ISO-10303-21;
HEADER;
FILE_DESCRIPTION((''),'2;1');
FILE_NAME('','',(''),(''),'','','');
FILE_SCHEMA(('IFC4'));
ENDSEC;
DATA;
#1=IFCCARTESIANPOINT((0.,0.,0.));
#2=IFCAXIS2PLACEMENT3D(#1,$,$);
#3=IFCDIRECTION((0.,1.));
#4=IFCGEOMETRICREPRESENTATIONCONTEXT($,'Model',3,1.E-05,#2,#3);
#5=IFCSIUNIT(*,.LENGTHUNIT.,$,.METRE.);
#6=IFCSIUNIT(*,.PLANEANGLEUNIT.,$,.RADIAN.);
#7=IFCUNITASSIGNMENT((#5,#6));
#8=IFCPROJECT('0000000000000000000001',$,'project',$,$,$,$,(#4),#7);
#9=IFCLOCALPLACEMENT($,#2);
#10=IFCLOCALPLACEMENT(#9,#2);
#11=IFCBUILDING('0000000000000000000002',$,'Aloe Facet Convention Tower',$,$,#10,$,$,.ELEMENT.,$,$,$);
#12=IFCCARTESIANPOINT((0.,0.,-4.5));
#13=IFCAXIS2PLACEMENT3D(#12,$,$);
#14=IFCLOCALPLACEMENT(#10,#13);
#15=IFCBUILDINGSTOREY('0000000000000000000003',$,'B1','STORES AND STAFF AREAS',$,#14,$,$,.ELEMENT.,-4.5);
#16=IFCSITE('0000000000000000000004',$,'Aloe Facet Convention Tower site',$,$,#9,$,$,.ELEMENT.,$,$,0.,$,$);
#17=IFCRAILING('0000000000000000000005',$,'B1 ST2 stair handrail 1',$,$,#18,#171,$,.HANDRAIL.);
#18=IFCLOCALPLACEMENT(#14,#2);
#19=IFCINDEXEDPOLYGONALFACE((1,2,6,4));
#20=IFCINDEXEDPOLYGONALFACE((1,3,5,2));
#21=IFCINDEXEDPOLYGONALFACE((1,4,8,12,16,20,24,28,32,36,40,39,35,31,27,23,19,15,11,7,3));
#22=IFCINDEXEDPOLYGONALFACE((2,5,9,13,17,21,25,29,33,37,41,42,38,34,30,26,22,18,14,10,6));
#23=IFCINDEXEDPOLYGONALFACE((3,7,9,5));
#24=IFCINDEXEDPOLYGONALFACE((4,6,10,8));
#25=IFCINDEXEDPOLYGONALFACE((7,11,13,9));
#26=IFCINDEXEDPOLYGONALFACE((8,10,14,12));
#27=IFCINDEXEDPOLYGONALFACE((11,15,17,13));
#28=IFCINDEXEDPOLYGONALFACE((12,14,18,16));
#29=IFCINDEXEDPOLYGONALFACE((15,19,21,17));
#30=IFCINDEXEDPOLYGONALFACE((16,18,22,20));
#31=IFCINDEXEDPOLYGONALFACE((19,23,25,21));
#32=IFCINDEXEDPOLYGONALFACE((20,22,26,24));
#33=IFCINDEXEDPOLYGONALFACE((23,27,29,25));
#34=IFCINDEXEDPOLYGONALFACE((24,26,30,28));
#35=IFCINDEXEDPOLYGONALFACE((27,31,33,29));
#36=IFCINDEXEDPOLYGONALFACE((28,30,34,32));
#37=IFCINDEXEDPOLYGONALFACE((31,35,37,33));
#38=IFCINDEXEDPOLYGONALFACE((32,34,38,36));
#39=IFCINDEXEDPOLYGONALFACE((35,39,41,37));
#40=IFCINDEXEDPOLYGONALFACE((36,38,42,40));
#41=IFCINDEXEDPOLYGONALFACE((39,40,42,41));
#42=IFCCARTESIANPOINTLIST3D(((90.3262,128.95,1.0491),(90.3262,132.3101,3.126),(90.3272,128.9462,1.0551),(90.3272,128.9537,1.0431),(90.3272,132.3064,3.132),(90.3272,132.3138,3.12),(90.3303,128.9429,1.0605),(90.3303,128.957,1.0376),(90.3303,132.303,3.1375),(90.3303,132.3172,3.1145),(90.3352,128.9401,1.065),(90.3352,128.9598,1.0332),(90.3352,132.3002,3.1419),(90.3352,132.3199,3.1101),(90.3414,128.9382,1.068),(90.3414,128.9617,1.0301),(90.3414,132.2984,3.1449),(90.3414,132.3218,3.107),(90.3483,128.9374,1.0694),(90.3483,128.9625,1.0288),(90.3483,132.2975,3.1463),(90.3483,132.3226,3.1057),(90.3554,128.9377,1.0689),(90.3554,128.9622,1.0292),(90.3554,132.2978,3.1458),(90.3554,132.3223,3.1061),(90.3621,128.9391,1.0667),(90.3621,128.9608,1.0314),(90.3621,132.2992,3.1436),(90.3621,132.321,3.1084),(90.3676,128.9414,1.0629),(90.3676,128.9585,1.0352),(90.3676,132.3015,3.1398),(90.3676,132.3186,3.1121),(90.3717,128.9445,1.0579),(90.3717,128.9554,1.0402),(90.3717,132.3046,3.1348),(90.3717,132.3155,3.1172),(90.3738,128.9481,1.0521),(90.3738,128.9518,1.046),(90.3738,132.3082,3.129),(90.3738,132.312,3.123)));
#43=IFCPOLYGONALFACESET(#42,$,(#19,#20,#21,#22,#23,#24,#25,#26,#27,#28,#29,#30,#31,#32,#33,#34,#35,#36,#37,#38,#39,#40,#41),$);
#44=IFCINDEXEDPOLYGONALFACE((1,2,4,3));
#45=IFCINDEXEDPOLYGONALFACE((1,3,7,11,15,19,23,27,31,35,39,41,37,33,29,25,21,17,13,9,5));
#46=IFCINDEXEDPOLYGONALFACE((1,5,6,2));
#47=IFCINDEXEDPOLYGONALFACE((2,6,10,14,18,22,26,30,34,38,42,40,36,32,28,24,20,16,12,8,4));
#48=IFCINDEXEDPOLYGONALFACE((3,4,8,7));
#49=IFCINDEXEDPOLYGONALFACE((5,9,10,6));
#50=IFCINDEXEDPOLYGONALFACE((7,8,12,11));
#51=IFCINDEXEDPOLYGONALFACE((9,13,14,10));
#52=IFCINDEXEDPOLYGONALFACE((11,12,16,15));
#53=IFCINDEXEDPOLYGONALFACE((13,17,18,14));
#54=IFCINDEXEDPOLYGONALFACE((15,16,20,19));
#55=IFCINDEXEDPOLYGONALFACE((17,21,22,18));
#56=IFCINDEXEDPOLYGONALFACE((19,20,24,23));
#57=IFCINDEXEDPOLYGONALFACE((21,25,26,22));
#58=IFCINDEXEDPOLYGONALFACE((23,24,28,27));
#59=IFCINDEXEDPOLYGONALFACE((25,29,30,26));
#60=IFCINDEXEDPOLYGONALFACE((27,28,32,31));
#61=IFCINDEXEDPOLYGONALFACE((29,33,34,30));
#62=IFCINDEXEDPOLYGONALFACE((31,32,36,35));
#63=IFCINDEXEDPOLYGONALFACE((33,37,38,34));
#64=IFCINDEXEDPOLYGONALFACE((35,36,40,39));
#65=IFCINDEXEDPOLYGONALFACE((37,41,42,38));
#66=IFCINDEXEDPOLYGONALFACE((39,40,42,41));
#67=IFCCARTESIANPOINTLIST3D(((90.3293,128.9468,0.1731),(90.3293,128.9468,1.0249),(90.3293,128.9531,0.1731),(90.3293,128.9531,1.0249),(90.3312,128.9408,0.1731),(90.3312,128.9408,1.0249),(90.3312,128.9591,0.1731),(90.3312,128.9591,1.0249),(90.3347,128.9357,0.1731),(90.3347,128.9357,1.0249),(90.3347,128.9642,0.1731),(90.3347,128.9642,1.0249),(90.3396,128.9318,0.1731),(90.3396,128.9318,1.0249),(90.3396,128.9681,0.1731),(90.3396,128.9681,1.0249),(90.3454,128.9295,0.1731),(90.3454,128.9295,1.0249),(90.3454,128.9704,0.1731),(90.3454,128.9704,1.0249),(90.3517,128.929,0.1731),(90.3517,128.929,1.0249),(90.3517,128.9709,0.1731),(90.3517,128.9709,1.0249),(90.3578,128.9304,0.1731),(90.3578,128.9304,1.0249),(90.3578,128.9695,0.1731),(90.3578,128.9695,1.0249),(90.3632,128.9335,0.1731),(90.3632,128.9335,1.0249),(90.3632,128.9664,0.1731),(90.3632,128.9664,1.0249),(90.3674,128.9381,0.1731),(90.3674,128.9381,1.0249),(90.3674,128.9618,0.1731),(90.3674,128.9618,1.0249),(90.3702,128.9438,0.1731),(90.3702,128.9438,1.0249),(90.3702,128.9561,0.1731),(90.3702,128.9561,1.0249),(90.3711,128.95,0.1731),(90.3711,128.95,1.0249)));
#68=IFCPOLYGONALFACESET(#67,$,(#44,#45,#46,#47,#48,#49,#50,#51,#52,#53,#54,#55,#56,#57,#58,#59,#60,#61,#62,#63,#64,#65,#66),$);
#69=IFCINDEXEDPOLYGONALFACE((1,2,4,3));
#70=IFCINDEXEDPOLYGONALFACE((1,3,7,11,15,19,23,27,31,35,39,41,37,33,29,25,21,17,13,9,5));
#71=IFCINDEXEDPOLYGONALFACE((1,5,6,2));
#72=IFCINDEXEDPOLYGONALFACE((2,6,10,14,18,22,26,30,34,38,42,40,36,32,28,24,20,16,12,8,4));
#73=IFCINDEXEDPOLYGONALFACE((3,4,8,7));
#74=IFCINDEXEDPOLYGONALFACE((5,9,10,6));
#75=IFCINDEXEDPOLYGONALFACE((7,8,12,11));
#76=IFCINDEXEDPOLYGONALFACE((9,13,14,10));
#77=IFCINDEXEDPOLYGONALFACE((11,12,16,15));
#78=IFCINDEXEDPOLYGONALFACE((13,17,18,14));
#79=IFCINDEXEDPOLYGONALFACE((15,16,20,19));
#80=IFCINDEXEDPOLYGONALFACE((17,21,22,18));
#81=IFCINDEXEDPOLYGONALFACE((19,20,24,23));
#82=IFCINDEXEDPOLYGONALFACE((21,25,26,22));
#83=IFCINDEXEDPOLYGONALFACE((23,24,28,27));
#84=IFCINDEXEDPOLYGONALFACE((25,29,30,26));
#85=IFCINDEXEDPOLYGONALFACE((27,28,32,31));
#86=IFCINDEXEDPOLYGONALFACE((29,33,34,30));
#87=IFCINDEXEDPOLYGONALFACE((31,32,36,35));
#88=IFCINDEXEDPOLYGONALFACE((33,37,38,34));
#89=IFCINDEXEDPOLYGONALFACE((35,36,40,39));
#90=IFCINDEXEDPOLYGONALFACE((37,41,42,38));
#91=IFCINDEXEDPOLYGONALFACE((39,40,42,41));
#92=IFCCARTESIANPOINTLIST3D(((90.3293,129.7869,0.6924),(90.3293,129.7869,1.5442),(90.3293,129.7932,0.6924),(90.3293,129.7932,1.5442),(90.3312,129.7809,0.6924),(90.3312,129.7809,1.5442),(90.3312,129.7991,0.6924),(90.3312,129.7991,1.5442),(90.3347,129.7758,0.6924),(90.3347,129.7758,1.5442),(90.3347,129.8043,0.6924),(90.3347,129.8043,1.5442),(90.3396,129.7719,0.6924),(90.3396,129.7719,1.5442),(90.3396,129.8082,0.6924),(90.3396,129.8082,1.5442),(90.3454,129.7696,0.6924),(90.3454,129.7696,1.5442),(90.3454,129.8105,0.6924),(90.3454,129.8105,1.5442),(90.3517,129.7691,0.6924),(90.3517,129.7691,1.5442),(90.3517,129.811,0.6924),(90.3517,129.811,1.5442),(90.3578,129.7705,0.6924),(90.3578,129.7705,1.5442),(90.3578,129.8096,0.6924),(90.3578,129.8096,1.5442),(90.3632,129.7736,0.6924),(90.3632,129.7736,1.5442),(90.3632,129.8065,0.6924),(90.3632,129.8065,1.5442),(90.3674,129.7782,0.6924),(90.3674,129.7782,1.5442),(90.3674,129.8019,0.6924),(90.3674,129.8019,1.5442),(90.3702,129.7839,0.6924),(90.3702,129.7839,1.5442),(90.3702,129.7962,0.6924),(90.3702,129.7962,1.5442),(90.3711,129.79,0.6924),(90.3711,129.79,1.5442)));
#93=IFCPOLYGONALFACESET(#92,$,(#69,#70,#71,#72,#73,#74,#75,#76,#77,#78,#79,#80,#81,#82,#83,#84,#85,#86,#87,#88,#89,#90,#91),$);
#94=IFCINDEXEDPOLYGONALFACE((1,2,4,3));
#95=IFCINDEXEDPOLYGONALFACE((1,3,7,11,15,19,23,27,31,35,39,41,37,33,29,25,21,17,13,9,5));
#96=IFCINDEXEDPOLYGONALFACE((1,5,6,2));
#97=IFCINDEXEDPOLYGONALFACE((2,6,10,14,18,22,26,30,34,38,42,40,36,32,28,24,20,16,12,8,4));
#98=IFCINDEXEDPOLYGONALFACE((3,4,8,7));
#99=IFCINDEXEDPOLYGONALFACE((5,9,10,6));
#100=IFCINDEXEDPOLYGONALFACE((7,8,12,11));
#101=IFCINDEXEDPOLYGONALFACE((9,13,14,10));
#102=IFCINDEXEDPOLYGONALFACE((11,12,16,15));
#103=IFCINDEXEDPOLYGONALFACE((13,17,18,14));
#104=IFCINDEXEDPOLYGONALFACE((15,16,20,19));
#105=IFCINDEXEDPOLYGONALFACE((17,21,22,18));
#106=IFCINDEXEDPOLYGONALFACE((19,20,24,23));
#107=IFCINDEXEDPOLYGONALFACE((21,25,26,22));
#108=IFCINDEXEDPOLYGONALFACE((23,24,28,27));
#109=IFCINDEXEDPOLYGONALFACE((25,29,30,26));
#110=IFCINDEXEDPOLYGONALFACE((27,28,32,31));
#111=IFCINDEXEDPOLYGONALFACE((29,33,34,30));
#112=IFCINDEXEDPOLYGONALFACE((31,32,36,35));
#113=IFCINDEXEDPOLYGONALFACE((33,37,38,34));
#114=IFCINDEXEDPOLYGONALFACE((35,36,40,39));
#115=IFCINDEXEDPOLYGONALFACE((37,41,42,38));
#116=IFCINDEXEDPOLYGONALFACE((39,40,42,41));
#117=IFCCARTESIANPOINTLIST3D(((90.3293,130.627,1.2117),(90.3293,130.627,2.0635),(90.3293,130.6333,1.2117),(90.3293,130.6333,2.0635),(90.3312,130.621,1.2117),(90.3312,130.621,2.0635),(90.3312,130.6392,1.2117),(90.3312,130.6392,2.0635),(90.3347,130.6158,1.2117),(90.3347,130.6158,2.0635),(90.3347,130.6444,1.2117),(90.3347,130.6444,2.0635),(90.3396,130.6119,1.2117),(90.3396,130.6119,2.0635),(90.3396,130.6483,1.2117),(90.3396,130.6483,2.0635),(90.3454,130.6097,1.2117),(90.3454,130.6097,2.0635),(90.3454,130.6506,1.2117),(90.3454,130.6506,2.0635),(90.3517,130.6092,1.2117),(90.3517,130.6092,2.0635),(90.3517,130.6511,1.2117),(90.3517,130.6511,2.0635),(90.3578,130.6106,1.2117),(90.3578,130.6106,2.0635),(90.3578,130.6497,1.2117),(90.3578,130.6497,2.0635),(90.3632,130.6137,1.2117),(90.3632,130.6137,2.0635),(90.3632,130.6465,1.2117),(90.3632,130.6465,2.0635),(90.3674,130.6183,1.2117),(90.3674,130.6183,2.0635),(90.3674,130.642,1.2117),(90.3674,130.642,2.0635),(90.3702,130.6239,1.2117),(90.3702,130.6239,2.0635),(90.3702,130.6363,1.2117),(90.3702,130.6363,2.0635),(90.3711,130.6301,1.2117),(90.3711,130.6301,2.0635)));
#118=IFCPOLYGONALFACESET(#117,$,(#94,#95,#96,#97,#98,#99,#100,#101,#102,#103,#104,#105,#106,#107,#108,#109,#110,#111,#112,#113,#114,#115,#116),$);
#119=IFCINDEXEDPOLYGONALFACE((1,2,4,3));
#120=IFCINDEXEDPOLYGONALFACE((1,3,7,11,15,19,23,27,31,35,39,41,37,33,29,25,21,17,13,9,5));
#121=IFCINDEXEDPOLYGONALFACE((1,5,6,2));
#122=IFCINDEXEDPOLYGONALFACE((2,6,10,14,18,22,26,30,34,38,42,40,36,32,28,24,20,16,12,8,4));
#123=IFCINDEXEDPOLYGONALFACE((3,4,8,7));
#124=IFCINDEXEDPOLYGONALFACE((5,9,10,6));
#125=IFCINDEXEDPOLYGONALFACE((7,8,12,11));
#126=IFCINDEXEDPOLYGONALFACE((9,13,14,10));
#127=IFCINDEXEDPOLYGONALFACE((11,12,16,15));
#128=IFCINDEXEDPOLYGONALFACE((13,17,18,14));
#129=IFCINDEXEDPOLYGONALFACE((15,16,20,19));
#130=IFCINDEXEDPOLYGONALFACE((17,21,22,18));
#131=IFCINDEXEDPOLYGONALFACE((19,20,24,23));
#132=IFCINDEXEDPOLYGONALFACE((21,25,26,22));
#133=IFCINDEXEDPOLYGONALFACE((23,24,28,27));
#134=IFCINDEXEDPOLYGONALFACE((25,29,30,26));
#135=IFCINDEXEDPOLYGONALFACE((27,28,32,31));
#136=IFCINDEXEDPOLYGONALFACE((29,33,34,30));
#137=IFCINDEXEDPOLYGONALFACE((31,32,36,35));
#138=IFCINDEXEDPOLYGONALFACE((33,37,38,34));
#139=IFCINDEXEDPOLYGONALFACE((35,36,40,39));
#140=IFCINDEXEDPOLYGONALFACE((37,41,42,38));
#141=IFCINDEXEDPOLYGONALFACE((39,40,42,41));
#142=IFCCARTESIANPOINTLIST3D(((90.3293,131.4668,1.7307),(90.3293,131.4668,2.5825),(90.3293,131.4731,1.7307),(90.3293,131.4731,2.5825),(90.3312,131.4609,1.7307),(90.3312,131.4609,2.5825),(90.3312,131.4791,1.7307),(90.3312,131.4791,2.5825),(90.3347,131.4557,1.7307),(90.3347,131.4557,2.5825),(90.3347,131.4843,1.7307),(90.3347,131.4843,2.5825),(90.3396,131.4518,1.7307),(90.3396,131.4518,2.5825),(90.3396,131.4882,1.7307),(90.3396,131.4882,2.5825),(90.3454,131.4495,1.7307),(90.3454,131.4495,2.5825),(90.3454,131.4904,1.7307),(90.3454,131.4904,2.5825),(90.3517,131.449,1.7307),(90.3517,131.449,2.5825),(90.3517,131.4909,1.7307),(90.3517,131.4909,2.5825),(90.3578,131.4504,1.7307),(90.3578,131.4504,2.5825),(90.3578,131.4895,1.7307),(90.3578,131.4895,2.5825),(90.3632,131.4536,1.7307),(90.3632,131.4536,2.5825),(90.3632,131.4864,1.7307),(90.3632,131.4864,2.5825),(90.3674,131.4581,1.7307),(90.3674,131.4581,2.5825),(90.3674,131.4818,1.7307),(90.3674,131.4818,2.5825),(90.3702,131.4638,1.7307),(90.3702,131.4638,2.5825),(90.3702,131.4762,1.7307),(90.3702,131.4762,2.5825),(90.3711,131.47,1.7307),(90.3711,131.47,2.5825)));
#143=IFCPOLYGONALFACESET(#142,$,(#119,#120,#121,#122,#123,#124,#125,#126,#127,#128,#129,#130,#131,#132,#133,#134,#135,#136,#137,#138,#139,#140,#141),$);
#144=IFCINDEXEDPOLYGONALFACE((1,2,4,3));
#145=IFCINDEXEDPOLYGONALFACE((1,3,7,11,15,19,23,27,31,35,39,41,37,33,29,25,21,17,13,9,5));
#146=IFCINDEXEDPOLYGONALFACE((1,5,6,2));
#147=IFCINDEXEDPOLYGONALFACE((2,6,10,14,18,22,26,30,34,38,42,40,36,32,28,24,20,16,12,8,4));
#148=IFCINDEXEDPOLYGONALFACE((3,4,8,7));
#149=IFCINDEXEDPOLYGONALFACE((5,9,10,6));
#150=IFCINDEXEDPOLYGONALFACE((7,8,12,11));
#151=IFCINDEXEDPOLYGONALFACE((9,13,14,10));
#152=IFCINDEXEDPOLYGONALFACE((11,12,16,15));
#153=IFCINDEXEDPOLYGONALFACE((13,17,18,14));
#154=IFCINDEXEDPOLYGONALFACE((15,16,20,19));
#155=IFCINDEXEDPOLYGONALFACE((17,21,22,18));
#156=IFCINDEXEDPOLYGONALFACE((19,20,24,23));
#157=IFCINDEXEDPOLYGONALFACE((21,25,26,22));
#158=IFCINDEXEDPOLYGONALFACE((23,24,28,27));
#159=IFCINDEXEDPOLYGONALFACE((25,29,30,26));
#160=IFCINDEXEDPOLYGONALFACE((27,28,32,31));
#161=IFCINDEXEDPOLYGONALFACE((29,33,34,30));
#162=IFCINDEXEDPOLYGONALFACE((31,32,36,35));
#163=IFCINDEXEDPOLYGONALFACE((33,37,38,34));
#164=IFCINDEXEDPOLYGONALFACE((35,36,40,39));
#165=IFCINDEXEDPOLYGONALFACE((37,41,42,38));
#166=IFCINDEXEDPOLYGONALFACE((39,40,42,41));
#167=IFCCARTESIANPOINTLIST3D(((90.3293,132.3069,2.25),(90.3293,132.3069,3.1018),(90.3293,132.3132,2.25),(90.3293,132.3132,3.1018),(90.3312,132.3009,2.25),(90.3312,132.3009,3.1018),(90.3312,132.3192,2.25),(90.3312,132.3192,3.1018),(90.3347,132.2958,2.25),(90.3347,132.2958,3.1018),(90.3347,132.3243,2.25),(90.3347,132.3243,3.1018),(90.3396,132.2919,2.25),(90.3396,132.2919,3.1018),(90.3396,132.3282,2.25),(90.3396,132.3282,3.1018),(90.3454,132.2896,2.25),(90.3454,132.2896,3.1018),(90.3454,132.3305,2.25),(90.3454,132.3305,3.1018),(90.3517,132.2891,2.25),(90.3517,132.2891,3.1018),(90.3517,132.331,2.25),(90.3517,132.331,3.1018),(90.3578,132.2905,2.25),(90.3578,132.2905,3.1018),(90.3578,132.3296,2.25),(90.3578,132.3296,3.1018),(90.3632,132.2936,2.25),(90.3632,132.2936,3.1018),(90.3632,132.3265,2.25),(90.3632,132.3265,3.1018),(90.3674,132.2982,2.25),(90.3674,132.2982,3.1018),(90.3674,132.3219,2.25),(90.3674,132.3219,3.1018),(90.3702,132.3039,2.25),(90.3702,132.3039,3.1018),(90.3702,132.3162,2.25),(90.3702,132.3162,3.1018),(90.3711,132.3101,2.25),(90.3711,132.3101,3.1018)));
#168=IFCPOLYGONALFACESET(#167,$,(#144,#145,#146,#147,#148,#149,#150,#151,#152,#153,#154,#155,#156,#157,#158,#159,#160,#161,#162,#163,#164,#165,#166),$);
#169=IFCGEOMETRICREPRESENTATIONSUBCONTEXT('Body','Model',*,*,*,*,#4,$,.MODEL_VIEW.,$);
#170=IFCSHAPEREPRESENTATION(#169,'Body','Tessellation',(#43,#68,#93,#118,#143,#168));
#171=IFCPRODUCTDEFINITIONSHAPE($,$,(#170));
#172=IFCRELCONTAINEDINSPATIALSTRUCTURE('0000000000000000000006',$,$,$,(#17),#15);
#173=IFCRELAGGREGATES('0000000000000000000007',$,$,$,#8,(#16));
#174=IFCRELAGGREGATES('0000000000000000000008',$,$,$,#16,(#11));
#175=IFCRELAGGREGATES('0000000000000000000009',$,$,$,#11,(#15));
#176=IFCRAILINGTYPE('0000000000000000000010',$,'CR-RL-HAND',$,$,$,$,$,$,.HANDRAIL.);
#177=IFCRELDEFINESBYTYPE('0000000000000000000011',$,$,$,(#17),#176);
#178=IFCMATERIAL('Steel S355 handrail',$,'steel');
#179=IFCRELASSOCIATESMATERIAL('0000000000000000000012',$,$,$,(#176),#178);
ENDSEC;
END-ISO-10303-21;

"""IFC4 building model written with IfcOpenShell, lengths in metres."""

from ifc_helpers import new_model, si_unit, direction, frame, origin, origin_2d, place, context, subcontext, project, spatial, circle, extrude, material, type_object, element, save


model = new_model("IFC4")

# Units and contexts
model_context = context("Model", 3, precision=1e-05, world=origin(), true_north=direction((0.0, 1.0)))
body_context = subcontext(model_context, "Body", "Model", "MODEL_VIEW")
ifc_project = project(units=[si_unit("LENGTHUNIT", "METRE"), si_unit("PLANEANGLEUNIT", "RADIAN")], contexts=[model_context])

# Site, building, storey
site_placement = place(None, origin())
site = spatial("IfcSite", under=ifc_project, at=site_placement, Name="Aloe Facet Convention Tower site", CompositionType="ELEMENT", RefElevation=0.0)
building_placement = place(site_placement, origin())
building = spatial("IfcBuilding", under=site, at=building_placement, Name="Aloe Facet Convention Tower", CompositionType="ELEMENT")
storey_placement = place(building_placement, frame((0.0, 0.0, -4.5)))
storey = spatial("IfcBuildingStorey", under=building, at=storey_placement, Name="B1", Description="STORES AND STAFF AREAS", CompositionType="ELEMENT", Elevation=-4.5)

# Railing
ifc_material_1 = material(Name="Steel S355 handrail", Category="steel")
railing_type_1 = type_object("IfcRailingType", Name="CR-RL-HAND", PredefinedType="HANDRAIL", material=ifc_material_1)
railing_1_placement = place(storey_placement, frame((90.3501, 128.95, 0.1731)))
element("IfcRailing", 1, at=railing_1_placement, inside=storey, type_object=railing_type_1, Name="B1 ST2 stair handrail 1", PredefinedType="HANDRAIL", context=body_context, shape_type="SweptSolid", body=[
    extrude(circle(Radius=0.0239, at=origin_2d()), frame((0.0, 0.0, 0.876), z_axis=(0.0, 0.850623, 0.525776), x_axis=(-1.0, 0.0, 0.0)), (0.0, 0.0, 1.0), 3.9502),
    extrude(circle(Radius=0.021, at=origin_2d()), origin(), (0.0, 0.0, 1.0), 0.8518),
    extrude(circle(Radius=0.021, at=origin_2d()), frame((0.0, 0.8401, 0.5193)), (0.0, 0.0, 1.0), 0.8518),
    extrude(circle(Radius=0.021, at=origin_2d()), frame((0.0, 1.6802, 1.0386)), (0.0, 0.0, 1.0), 0.8518),
    extrude(circle(Radius=0.021, at=origin_2d()), frame((0.0, 2.52, 1.5576)), (0.0, 0.0, 1.0), 0.8518),
    extrude(circle(Radius=0.021, at=origin_2d()), frame((0.0, 3.3601, 2.0769)), (0.0, 0.0, 1.0), 0.8518),
])

save(model, "model.ifc")
